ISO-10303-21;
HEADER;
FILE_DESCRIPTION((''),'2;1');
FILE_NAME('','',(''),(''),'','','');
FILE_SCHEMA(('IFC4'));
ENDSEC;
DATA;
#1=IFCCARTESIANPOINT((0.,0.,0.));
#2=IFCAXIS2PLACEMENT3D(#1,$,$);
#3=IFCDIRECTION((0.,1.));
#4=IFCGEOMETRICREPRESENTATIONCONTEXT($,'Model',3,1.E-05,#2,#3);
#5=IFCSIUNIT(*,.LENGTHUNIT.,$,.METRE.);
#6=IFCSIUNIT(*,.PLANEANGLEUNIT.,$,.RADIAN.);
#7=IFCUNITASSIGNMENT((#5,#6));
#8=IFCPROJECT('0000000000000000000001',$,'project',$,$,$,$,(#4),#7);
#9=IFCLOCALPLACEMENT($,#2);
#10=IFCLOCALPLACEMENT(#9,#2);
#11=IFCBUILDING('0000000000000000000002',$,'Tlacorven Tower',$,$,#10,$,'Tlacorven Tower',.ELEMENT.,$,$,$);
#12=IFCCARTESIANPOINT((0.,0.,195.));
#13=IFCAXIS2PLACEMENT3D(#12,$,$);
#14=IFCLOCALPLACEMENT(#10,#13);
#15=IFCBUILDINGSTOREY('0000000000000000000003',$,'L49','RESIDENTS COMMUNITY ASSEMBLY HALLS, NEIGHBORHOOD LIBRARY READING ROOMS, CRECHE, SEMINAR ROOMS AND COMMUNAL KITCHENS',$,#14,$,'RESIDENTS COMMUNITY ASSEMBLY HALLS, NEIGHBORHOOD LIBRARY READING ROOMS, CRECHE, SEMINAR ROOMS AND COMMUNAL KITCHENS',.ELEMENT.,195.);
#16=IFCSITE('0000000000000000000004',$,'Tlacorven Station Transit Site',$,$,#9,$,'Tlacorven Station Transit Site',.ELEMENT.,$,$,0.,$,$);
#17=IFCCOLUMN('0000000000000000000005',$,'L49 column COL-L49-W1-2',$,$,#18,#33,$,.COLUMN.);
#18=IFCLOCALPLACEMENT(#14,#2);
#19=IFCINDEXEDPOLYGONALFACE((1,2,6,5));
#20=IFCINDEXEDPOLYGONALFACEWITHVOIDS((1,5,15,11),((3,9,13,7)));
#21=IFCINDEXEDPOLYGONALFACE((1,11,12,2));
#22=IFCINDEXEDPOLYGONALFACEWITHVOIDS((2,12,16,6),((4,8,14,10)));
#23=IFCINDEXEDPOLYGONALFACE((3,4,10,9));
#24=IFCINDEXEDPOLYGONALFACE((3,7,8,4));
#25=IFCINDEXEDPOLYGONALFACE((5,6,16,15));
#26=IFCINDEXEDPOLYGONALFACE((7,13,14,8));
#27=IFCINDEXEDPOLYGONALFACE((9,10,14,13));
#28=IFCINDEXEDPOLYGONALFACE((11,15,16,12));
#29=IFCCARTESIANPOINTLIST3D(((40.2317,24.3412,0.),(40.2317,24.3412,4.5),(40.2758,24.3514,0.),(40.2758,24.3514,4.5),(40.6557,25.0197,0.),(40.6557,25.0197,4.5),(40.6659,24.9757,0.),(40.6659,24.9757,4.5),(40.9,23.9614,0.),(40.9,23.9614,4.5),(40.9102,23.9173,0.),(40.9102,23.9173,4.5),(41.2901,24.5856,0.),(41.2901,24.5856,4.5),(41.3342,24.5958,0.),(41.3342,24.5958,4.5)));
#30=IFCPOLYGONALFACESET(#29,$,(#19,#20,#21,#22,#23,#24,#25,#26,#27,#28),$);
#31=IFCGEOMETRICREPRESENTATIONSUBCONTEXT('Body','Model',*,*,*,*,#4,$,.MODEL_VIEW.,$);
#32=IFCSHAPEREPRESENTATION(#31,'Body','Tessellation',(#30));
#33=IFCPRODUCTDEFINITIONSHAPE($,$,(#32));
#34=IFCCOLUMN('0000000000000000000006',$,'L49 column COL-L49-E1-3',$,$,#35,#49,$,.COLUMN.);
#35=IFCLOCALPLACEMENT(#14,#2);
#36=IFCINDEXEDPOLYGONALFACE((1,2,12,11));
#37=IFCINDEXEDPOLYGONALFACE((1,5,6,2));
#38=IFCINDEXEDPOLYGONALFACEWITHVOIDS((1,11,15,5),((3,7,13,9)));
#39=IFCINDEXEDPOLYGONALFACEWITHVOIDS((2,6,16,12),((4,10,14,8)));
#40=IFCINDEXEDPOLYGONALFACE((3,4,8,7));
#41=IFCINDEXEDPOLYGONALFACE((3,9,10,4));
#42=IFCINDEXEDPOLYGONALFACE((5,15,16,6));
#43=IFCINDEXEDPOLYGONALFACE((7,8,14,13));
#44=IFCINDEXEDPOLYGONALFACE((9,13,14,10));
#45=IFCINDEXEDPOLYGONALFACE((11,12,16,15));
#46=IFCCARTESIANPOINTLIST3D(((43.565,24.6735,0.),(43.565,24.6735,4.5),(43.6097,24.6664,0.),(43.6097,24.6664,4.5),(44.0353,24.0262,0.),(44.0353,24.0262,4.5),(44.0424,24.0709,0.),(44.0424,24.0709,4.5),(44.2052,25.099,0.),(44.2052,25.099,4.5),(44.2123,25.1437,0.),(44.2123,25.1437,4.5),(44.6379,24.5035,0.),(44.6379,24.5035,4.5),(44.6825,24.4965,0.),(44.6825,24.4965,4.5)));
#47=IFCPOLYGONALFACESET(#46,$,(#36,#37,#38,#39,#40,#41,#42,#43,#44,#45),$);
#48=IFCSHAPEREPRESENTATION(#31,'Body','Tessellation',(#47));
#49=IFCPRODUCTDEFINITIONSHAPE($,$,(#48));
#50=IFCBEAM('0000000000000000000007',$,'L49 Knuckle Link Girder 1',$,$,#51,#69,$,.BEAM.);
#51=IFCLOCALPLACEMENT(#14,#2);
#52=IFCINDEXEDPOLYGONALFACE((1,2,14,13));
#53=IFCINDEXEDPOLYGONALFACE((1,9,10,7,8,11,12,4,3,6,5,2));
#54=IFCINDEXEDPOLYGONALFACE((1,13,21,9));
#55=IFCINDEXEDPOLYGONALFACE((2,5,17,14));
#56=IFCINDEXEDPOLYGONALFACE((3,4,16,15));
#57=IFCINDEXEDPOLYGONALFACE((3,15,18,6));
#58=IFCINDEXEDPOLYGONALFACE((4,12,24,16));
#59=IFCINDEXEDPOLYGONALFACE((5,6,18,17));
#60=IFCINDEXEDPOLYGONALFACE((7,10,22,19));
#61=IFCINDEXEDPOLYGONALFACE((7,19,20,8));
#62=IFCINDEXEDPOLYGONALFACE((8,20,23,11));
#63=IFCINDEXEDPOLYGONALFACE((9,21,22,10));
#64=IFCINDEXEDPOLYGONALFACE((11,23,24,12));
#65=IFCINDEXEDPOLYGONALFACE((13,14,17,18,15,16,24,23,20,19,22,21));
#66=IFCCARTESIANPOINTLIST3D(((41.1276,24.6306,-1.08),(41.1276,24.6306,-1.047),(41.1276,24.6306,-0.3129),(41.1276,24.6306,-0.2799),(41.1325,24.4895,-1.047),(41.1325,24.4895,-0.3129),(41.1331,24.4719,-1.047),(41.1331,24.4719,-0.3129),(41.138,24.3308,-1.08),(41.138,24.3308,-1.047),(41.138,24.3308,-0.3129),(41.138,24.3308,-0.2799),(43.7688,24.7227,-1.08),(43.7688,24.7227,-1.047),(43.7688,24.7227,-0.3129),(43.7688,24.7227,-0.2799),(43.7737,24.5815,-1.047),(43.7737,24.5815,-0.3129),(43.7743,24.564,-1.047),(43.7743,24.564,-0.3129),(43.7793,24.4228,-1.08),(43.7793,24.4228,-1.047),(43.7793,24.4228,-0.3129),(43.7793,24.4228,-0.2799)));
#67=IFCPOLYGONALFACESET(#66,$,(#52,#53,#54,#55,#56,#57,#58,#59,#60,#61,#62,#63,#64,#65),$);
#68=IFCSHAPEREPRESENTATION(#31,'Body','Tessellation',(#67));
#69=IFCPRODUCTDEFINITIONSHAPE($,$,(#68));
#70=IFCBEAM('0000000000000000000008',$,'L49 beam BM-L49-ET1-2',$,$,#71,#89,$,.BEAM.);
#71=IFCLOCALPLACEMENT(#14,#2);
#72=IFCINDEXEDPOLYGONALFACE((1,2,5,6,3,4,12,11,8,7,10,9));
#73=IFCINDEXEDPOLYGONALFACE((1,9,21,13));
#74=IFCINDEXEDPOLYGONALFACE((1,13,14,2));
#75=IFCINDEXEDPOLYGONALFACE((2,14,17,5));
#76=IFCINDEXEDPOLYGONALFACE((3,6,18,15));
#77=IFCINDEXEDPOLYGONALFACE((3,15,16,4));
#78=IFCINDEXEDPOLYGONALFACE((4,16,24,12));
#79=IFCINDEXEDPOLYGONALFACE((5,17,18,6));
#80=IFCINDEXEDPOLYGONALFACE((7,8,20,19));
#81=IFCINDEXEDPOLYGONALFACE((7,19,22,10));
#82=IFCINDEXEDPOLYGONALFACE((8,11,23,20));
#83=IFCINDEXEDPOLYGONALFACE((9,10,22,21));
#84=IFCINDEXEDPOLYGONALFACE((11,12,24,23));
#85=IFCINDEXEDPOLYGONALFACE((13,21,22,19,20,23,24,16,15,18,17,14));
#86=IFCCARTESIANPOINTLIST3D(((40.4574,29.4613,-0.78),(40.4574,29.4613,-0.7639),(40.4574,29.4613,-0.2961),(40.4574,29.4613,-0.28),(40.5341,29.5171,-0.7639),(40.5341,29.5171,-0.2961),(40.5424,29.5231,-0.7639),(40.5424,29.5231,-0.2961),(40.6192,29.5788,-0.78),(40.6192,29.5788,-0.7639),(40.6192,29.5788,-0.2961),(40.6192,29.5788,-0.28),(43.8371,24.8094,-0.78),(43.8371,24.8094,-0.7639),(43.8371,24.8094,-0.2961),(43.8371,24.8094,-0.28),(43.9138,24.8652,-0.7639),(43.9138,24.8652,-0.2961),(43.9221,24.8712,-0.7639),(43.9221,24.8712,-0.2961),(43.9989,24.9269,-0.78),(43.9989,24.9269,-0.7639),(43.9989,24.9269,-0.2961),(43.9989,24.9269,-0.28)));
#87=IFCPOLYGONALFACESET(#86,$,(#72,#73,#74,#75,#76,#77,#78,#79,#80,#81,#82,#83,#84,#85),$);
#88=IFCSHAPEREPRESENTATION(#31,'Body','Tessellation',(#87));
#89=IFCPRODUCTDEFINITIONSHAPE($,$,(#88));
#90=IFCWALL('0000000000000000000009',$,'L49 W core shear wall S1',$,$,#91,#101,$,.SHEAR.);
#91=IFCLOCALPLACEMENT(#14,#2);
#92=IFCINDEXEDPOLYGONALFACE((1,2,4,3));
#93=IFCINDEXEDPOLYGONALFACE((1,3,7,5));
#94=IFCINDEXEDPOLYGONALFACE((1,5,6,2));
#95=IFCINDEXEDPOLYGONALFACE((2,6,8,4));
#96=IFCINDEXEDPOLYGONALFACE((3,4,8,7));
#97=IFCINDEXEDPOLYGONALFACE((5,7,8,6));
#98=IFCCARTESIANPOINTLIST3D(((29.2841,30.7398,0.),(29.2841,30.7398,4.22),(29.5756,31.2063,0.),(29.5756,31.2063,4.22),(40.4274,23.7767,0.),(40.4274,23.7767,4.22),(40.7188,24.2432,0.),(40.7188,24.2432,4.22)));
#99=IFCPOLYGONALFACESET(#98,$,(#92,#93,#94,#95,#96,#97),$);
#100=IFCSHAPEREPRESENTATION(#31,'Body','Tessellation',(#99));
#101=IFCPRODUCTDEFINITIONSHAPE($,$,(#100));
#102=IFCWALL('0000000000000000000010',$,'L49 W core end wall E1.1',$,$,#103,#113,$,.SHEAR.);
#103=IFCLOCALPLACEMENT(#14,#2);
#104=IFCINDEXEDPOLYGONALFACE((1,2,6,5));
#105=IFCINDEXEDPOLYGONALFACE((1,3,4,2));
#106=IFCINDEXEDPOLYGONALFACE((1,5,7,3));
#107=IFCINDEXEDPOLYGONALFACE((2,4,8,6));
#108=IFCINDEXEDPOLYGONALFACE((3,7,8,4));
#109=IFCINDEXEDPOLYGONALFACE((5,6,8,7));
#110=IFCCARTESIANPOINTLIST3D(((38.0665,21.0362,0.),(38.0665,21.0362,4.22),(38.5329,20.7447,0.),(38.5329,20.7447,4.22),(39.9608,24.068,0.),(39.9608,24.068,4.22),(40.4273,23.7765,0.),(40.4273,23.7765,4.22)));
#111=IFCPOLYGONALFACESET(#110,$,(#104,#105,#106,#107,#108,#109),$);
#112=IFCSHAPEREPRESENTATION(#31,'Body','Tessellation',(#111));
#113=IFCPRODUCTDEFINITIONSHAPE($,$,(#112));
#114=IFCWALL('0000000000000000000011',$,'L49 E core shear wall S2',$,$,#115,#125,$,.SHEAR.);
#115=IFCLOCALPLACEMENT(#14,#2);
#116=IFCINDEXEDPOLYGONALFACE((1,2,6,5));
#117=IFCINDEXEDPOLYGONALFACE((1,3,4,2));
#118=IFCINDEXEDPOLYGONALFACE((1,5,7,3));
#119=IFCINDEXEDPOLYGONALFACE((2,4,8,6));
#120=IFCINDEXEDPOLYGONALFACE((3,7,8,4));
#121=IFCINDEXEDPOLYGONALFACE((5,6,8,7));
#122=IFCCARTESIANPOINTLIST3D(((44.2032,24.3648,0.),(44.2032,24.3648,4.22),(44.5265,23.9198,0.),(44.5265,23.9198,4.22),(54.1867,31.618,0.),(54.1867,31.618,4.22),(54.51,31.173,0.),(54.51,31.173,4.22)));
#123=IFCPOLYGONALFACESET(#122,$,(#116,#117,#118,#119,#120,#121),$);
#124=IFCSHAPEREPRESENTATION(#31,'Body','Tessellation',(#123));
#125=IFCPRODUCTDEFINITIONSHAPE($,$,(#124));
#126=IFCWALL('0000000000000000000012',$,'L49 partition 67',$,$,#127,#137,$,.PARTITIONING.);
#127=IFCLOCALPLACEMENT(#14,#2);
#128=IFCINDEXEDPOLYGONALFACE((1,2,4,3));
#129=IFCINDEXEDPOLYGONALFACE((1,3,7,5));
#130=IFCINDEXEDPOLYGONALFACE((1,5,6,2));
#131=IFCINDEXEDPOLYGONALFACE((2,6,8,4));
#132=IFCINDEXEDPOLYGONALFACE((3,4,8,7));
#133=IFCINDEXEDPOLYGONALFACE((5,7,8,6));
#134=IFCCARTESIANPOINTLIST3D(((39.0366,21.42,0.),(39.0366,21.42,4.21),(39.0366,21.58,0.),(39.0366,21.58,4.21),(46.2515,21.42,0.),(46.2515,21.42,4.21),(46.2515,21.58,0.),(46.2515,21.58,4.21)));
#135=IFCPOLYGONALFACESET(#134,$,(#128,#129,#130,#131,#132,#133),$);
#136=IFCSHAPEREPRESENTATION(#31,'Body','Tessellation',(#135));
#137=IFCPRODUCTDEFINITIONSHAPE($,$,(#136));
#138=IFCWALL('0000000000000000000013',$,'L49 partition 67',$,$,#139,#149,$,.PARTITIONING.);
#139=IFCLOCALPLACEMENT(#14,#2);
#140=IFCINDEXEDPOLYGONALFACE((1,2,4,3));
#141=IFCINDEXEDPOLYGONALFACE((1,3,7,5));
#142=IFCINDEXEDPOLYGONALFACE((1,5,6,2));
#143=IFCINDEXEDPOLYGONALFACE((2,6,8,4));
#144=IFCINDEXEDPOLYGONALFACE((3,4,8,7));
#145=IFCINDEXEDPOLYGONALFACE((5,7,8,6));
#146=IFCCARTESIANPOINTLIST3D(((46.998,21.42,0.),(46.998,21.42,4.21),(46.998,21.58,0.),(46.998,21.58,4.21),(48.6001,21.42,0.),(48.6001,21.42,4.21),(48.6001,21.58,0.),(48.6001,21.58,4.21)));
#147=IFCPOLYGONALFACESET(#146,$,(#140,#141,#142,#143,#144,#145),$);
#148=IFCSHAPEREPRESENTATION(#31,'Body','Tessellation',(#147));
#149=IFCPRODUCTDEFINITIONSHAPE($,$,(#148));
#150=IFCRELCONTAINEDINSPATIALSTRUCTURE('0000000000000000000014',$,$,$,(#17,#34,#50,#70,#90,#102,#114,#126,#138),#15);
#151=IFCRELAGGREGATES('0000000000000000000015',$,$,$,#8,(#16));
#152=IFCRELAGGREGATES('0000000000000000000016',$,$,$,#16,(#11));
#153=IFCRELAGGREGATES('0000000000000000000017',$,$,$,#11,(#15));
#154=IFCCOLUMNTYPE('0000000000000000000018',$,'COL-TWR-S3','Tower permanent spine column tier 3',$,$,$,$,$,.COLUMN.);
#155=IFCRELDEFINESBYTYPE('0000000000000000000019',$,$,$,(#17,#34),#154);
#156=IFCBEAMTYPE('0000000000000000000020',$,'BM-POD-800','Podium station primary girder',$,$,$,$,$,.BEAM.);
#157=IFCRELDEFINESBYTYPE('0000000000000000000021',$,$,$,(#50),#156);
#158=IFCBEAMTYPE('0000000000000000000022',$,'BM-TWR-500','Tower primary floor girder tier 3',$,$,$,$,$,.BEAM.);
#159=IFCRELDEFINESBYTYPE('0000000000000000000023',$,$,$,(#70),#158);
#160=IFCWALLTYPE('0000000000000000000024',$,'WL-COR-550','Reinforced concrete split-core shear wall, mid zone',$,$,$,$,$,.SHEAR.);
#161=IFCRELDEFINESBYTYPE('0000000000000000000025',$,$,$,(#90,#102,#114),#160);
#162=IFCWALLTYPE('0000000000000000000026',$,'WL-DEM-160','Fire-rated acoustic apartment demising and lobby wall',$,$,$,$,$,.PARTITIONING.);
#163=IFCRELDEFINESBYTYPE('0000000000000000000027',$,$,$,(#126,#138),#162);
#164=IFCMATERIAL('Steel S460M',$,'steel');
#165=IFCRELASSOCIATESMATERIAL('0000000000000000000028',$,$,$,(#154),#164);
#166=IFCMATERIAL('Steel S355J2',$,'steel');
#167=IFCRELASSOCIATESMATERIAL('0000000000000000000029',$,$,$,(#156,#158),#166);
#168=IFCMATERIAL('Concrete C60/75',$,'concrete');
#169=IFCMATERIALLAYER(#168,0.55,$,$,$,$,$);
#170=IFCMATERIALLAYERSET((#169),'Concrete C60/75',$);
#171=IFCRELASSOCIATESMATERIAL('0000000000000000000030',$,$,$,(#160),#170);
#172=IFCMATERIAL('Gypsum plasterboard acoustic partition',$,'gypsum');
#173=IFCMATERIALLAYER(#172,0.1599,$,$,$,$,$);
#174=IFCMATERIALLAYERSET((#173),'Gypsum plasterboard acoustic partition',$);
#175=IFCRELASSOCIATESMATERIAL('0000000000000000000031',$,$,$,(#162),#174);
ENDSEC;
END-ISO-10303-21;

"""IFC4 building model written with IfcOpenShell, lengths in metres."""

from ifc_helpers import new_model, si_unit, direction, frame, frame_2d, origin, origin_2d, place, context, subcontext, project, spatial, rectangle, hollow_rectangle, i_section, extrude, source, transform, mapped, material, layer, layer_set, material_profile, profile_set, type_object, element, save


model = new_model("IFC4")

# Units and contexts
model_context = context("Model", 3, precision=1e-05, world=origin(), true_north=direction((0.0, 1.0)))
body_context = subcontext(model_context, "Body", "Model", "MODEL_VIEW")
ifc_project = project(units=[si_unit("LENGTHUNIT", "METRE"), si_unit("PLANEANGLEUNIT", "RADIAN")], contexts=[model_context])

# Site, building, storey
site_placement = place(None, origin())
site = spatial("IfcSite", under=ifc_project, at=site_placement, Name="Tlacorven Station Transit Site", LongName="Tlacorven Station Transit Site", CompositionType="ELEMENT", RefElevation=0.0)
building_placement = place(site_placement, origin())
building = spatial("IfcBuilding", under=site, at=building_placement, Name="Tlacorven Tower", LongName="Tlacorven Tower", CompositionType="ELEMENT")
storey_placement = place(building_placement, frame((0.0, 0.0, 195.0)))
storey = spatial("IfcBuildingStorey", under=building, at=storey_placement, Name="L49", Description="RESIDENTS COMMUNITY ASSEMBLY HALLS, NEIGHBORHOOD LIBRARY READING ROOMS, CRECHE, SEMINAR ROOMS AND COMMUNAL KITCHENS", LongName="RESIDENTS COMMUNITY ASSEMBLY HALLS, NEIGHBORHOOD LIBRARY READING ROOMS, CRECHE, SEMINAR ROOMS AND COMMUNAL KITCHENS", CompositionType="ELEMENT", Elevation=195.0)

# Columns
ifc_material_1 = material(Name="Steel S460M", Category="steel")
ifc_material_profile_1 = material_profile(ifc_material_1, hollow_rectangle(XDim=0.8, YDim=0.8, WallThickness=0.032, at=origin_2d()), Name="BOX 800X800X32")
ifc_profile_set_1 = profile_set([ifc_material_profile_1], Name="Steel S460M")
column_type = type_object("IfcColumnType", Name="COL-TWR-S3", Description="Tower permanent spine column tier 3", PredefinedType="COLUMN", material=ifc_profile_set_1)
shared_shape_1 = source(origin(), body_context, "Body", "SweptSolid", [
    extrude(hollow_rectangle(XDim=0.8, YDim=0.8, WallThickness=0.032, at=origin_2d()), origin(), (0.0, 0.0, 1.0), 4.5),
])
for number, where, z_axis, x_axis, name in (
    (1, (40.783, 24.4685, 0.0), (0.0, 0.0, 1.0), (-0.848048, 0.529919, 0.0), "L49 column COL-L49-W1-2"),
    (2, (44.1238, 24.585, 0.0), (0.0, 0.0, 1.0), (0.809017, 0.587785, 0.0), "L49 column COL-L49-E1-3"),
):
    element("IfcColumn", number, at=place(storey_placement, frame(where, z_axis=z_axis, x_axis=x_axis)), inside=storey, type_object=column_type, Name=name, PredefinedType="COLUMN", context=body_context, shape_type="MappedRepresentation", body=[
        mapped(shared_shape_1, transform((0.0, 0.0, 0.0), scale=1.0)),
    ])

# Beams
ifc_material_2 = material(Name="Steel S355J2", Category="steel")
ifc_material_profile_2 = material_profile(ifc_material_2, i_section(OverallWidth=0.3, OverallDepth=0.8, WebThickness=0.0176, FlangeThickness=0.033, at=origin_2d()), Name="HEB 800")
ifc_profile_set_2 = profile_set([ifc_material_profile_2], Name="Steel S355J2")
beam_type_1 = type_object("IfcBeamType", Name="BM-POD-800", Description="Podium station primary girder", PredefinedType="BEAM", material=ifc_profile_set_2)
shared_shape_2 = source(origin(), body_context, "Body", "SweptSolid", [
    extrude(i_section(OverallWidth=0.3, OverallDepth=0.8, WebThickness=0.0176, FlangeThickness=0.033, at=origin_2d()), origin(), (0.0, 0.0, 1.0), 2.6428),
])
beam_1_placement = place(storey_placement, frame((41.1328, 24.4807, -0.6799), z_axis=(0.999393, 0.034828, 0.0), x_axis=(-0.034828, 0.999393, 0.0)))
element("IfcBeam", 3, at=beam_1_placement, inside=storey, type_object=beam_type_1, Name="L49 Knuckle Link Girder 1", PredefinedType="BEAM", context=body_context, shape_type="MappedRepresentation", body=[
    mapped(shared_shape_2, transform((0.0, 0.0, 0.0), scale=1.0)),
])
ifc_material_profile_3 = material_profile(ifc_material_2, i_section(OverallWidth=0.2, OverallDepth=0.5, WebThickness=0.0103, FlangeThickness=0.0161, at=origin_2d()), Name="IPE 500")
ifc_profile_set_3 = profile_set([ifc_material_profile_3], Name="Steel S355J2")
beam_type_2 = type_object("IfcBeamType", Name="BM-TWR-500", Description="Tower primary floor girder tier 3", PredefinedType="BEAM", material=ifc_profile_set_3)
shared_shape_3 = source(origin(), body_context, "Body", "SweptSolid", [
    extrude(i_section(OverallWidth=0.2, OverallDepth=0.5, WebThickness=0.0103, FlangeThickness=0.0161, at=origin_2d()), origin(), (0.0, 0.0, 1.0), 5.75),
])
beam_2_placement = place(storey_placement, frame((43.918, 24.8682, -0.53), z_axis=(-0.58777, 0.809028, 0.0), x_axis=(-0.809028, -0.58777, 0.0)))
element("IfcBeam", 4, at=beam_2_placement, inside=storey, type_object=beam_type_2, Name="L49 beam BM-L49-ET1-2", PredefinedType="BEAM", context=body_context, shape_type="MappedRepresentation", body=[
    mapped(shared_shape_3, transform((0.0, 0.0, 0.0), scale=1.0)),
])

# Walls
ifc_material_3 = material(Name="Concrete C60/75", Category="concrete")
ifc_layer_1 = layer(ifc_material_3, 0.55)
ifc_layer_set_1 = layer_set([ifc_layer_1], Name="Concrete C60/75")
wall_type_1 = type_object("IfcWallType", Name="WL-COR-550", Description="Reinforced concrete split-core shear wall, mid zone", PredefinedType="SHEAR", material=ifc_layer_set_1)
wall_1_placement = place(storey_placement, frame((40.573, 24.01, 0.0), z_axis=(0.0, 0.0, 1.0), x_axis=(-0.848047, 0.52992, 0.0)))
element("IfcWall", 5, at=wall_1_placement, inside=storey, type_object=wall_type_1, Name="L49 W core shear wall S1", PredefinedType="SHEAR", context=body_context, shape_type="SweptSolid", body=[
    extrude(rectangle(XDim=13.1399, YDim=0.55, at=frame_2d((6.5698, 0.0))), origin(), (0.0, 0.0, 1.0), 4.22),
])
wall_2_placement = place(storey_placement, frame((40.1941, 23.9224, 0.0), z_axis=(0.0, 0.0, 1.0), x_axis=(-0.529888, -0.848067, 0.0)))
element("IfcWall", 6, at=wall_2_placement, inside=storey, type_object=wall_type_1, Name="L49 W core end wall E1.1", PredefinedType="SHEAR", context=body_context, shape_type="SweptSolid", body=[
    extrude(rectangle(XDim=3.575, YDim=0.55, at=frame_2d((1.7876, 0.0))), origin(), (0.0, 0.0, 1.0), 4.22),
])
wall_3_placement = place(storey_placement, frame((44.365, 24.1423, 0.0), z_axis=(0.0, 0.0, 1.0), x_axis=(0.809024, 0.587775, 0.0)))
element("IfcWall", 7, at=wall_3_placement, inside=storey, type_object=wall_type_1, Name="L49 E core shear wall S2", PredefinedType="SHEAR", context=body_context, shape_type="SweptSolid", body=[
    extrude(rectangle(XDim=12.3401, YDim=0.55, at=frame_2d((6.1699, 0.0))), origin(), (0.0, 0.0, 1.0), 4.22),
])
ifc_material_4 = material(Name="Gypsum plasterboard acoustic partition", Category="gypsum")
ifc_layer_2 = layer(ifc_material_4, 0.1599)
ifc_layer_set_2 = layer_set([ifc_layer_2], Name="Gypsum plasterboard acoustic partition")
wall_type_2 = type_object("IfcWallType", Name="WL-DEM-160", Description="Fire-rated acoustic apartment demising and lobby wall", PredefinedType="PARTITIONING", material=ifc_layer_set_2)
wall_4_placement = place(storey_placement, frame((39.0366, 21.5, 0.0), z_axis=(0.0, 0.0, 1.0), x_axis=(1.0, 0.0, 0.0)))
element("IfcWall", 8, at=wall_4_placement, inside=storey, type_object=wall_type_2, Name="L49 partition 67", PredefinedType="PARTITIONING", context=body_context, shape_type="SweptSolid", body=[
    extrude(rectangle(XDim=7.2148, YDim=0.1599, at=frame_2d((3.6074, 0.0))), origin(), (0.0, 0.0, 1.0), 4.21),
])
wall_5_placement = place(storey_placement, frame((46.998, 21.5, 0.0), z_axis=(0.0, 0.0, 1.0), x_axis=(1.0, 0.0, 0.0)))
element("IfcWall", 9, at=wall_5_placement, inside=storey, type_object=wall_type_2, Name="L49 partition 67", PredefinedType="PARTITIONING", context=body_context, shape_type="SweptSolid", body=[
    extrude(rectangle(XDim=1.6021, YDim=0.1599, at=frame_2d((0.801, 0.0))), origin(), (0.0, 0.0, 1.0), 4.21),
])

save(model, "model.ifc")
